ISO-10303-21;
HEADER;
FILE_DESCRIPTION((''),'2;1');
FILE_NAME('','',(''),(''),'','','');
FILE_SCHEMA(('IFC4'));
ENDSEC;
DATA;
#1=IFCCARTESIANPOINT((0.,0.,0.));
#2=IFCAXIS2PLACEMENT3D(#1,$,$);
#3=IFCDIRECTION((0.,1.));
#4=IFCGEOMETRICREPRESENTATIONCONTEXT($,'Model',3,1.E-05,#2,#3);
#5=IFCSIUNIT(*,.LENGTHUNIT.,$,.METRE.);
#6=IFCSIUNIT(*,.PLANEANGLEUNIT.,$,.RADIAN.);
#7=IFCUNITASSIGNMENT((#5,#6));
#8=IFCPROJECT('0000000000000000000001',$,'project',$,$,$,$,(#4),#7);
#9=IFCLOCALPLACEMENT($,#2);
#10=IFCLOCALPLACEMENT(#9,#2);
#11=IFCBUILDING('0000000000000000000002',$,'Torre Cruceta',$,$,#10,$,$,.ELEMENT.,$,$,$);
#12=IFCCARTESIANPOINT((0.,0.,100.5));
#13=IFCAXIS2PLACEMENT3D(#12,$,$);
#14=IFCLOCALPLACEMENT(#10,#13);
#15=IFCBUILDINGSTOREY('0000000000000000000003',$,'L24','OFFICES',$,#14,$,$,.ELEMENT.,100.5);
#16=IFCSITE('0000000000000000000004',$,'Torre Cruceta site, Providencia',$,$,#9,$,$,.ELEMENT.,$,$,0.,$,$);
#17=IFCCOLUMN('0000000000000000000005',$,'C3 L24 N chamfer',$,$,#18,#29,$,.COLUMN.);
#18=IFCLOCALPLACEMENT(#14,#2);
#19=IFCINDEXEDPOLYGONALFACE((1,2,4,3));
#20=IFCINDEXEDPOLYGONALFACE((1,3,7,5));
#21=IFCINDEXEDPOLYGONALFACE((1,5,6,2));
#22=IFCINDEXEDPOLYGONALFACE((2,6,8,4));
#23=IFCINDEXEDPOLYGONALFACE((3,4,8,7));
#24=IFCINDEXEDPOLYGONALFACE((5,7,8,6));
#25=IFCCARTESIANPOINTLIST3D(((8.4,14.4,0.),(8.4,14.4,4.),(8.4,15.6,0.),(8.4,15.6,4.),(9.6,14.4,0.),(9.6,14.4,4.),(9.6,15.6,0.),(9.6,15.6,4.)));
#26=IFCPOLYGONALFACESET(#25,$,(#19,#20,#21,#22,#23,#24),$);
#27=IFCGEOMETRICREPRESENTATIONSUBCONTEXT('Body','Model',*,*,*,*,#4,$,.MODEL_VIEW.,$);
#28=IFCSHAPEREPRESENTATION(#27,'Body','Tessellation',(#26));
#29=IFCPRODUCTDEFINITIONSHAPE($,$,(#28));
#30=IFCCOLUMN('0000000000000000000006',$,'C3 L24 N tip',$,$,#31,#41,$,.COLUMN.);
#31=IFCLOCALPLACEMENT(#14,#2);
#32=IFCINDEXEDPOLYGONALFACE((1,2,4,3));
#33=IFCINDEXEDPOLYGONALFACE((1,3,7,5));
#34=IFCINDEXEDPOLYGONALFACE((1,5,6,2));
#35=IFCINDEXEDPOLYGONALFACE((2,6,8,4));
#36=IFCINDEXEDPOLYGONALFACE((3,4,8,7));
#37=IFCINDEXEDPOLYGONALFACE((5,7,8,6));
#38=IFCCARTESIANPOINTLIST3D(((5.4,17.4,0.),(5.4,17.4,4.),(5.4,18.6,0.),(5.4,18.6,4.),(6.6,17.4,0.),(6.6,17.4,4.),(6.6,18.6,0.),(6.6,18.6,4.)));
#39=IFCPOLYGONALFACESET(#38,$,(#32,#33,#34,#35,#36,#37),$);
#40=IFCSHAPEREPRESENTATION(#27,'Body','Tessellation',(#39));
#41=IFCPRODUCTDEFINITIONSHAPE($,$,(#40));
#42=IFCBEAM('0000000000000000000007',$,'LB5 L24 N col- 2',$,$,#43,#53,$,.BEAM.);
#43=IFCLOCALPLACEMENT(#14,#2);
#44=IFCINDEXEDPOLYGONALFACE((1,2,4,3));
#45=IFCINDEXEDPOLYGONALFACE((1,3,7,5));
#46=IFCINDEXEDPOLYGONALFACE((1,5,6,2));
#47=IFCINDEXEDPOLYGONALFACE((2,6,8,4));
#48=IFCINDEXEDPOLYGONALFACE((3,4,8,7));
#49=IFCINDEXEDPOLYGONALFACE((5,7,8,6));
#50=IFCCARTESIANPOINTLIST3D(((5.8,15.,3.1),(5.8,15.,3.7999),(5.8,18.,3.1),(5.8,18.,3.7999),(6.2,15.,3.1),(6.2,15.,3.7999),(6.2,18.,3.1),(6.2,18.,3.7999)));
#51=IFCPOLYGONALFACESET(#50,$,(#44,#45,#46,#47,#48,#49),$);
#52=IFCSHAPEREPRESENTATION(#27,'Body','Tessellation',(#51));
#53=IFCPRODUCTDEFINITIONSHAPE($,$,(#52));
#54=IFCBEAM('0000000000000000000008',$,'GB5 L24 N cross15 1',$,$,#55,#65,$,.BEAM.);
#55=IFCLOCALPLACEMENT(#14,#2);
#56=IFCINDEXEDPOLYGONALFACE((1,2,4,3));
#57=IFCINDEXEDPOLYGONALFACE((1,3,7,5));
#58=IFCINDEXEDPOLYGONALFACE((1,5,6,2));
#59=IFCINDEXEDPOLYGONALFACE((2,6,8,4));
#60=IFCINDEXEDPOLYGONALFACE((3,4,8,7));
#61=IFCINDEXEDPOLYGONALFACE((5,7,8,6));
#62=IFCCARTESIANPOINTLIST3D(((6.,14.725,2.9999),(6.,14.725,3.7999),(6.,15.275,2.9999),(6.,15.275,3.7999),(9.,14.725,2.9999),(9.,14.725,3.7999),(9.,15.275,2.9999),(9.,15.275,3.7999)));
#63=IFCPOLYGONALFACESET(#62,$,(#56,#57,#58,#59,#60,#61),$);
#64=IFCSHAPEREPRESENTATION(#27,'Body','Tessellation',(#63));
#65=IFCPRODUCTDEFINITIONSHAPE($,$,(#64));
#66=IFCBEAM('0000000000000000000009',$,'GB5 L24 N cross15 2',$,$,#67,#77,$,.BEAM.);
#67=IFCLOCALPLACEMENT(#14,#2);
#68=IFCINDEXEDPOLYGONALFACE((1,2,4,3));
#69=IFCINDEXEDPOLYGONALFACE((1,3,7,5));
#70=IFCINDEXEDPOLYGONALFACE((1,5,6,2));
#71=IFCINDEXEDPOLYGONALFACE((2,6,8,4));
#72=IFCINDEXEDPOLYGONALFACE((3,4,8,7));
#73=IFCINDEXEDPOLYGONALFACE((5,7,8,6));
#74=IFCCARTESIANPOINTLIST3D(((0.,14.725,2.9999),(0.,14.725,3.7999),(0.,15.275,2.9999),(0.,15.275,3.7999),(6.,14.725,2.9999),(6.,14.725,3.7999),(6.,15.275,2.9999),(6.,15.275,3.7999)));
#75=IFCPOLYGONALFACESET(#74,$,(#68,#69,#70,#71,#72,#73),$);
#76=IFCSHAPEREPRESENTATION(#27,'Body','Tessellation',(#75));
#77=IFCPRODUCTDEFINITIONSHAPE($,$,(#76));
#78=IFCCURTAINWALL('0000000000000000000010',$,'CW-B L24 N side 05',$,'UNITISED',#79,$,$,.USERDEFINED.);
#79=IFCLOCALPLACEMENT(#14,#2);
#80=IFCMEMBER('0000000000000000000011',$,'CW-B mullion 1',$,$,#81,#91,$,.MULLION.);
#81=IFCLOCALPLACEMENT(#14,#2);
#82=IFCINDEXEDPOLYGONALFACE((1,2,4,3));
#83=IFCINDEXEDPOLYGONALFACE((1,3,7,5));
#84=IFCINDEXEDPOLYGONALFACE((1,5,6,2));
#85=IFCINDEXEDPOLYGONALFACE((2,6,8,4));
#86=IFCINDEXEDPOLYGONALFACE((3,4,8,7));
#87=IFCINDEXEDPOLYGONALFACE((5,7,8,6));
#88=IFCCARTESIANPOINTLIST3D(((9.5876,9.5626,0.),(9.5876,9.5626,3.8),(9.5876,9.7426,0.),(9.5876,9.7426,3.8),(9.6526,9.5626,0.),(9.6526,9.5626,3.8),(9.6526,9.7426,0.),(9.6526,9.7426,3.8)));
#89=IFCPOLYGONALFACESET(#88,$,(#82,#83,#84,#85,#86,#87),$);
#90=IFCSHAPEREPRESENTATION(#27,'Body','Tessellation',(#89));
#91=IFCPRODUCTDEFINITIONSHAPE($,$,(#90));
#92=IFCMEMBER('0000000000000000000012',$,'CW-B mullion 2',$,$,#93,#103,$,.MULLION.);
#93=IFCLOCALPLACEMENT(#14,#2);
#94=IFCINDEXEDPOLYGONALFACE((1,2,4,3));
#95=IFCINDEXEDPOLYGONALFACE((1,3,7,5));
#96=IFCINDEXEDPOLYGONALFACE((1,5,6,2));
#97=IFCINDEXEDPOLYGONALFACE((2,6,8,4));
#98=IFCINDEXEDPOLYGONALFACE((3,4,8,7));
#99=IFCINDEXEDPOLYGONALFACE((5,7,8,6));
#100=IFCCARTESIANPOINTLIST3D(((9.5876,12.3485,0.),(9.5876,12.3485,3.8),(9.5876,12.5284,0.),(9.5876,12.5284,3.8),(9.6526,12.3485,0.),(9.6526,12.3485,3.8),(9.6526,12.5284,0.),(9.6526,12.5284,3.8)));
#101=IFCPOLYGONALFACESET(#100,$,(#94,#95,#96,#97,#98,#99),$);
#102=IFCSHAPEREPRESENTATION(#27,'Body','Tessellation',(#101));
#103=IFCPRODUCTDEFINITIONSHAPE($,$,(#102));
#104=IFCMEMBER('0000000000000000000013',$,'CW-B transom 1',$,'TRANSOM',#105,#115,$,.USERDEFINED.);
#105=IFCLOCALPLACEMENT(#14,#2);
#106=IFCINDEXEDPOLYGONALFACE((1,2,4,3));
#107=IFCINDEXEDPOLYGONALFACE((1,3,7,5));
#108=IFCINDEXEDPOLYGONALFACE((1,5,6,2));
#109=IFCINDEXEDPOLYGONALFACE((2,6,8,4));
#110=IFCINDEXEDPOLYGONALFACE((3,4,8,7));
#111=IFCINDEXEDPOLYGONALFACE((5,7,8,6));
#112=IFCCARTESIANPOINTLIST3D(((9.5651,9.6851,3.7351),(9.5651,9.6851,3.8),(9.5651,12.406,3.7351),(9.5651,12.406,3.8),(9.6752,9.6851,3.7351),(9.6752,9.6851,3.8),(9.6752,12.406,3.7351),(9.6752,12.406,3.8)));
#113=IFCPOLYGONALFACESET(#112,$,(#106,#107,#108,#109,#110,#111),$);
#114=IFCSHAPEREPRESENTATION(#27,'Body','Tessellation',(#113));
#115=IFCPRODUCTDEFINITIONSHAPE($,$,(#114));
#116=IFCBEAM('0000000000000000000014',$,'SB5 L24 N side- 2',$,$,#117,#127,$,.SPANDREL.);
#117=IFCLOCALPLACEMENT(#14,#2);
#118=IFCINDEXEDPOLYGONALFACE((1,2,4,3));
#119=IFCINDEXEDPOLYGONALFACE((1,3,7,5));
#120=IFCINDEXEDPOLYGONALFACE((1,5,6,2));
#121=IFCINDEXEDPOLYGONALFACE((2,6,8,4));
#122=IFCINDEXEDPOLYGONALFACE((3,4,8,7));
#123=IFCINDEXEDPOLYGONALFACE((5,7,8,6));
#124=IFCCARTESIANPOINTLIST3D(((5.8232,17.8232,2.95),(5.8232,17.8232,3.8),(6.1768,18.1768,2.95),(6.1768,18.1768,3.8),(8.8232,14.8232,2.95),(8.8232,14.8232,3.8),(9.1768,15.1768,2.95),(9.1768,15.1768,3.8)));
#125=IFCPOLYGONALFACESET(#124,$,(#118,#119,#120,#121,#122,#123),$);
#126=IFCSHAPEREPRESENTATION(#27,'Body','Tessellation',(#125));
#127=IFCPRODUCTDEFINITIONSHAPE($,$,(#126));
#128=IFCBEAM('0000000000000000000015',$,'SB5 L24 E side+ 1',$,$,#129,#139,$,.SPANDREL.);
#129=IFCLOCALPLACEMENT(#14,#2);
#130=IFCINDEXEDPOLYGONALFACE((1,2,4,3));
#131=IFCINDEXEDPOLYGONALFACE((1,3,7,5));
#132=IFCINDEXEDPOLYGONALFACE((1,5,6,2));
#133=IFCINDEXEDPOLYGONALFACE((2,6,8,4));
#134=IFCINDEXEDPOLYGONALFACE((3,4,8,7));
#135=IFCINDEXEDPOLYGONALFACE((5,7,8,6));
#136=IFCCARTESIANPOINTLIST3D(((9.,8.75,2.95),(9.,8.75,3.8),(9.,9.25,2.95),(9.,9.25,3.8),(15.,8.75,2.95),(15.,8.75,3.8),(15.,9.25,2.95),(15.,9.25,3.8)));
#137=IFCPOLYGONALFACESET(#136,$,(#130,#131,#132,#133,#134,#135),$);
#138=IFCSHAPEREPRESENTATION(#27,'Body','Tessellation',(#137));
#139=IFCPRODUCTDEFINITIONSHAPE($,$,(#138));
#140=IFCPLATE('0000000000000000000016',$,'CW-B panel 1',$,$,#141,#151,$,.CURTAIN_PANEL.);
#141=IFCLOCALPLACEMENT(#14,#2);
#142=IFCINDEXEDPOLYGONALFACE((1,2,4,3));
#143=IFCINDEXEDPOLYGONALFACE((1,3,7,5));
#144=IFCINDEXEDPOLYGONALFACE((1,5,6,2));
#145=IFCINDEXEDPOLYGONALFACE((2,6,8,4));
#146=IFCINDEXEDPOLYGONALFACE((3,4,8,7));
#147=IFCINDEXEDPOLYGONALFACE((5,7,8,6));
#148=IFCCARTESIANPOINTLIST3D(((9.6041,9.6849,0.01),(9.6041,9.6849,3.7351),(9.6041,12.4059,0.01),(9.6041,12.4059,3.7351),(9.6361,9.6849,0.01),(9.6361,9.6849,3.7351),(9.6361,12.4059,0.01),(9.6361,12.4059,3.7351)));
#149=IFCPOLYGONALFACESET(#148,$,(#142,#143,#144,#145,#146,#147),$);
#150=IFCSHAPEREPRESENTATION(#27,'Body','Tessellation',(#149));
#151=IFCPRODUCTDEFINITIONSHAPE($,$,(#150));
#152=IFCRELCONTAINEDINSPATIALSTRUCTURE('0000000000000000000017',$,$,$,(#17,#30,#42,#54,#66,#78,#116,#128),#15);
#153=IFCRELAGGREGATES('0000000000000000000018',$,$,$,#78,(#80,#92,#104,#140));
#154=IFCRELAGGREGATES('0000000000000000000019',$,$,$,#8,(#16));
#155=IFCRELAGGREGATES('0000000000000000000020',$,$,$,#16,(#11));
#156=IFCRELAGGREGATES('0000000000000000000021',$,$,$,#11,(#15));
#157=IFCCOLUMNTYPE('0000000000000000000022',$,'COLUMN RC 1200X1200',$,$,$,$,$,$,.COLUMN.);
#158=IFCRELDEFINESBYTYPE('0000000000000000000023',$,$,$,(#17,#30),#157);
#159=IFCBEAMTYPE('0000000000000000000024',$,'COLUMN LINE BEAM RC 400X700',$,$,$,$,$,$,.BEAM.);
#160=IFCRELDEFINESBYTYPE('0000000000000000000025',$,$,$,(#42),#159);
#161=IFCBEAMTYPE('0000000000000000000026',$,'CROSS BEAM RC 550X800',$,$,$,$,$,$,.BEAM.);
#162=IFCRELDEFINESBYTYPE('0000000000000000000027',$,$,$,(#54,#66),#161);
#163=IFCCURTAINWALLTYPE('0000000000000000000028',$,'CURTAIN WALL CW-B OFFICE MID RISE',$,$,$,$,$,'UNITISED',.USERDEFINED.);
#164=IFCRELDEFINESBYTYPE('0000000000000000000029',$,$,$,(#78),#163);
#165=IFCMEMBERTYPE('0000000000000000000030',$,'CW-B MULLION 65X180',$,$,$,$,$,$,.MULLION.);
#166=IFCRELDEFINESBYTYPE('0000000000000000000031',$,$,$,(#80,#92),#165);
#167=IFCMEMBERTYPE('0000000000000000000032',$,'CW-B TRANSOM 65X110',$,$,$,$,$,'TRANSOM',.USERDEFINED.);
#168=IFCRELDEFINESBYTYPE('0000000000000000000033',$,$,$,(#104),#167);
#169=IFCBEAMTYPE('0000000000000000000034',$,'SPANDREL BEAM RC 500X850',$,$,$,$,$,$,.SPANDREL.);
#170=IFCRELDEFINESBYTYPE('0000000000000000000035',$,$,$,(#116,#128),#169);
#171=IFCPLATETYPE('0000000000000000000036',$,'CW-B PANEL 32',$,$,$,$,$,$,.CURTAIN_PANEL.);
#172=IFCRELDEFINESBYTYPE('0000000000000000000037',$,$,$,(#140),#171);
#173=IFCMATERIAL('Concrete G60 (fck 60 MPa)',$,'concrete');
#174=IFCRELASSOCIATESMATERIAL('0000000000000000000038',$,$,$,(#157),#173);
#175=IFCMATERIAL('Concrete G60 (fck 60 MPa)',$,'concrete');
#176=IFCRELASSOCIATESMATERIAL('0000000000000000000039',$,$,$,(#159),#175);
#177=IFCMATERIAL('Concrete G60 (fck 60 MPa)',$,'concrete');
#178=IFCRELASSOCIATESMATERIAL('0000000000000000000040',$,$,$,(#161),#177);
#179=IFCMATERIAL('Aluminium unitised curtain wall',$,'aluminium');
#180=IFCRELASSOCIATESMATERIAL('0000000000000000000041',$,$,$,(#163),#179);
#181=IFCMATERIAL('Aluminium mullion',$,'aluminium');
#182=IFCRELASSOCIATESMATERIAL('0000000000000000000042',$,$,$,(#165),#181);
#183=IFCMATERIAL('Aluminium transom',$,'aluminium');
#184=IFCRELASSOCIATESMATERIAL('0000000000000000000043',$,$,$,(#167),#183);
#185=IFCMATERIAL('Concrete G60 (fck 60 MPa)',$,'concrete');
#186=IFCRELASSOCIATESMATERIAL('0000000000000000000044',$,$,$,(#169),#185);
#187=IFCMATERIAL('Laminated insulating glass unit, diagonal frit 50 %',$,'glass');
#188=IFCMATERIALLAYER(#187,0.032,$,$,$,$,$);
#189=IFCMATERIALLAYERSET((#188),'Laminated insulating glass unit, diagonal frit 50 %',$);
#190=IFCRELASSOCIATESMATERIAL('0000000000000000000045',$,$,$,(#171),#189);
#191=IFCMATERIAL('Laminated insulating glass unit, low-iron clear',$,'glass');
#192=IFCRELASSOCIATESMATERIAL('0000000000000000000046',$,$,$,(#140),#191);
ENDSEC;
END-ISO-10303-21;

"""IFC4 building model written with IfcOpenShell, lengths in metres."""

from ifc_helpers import new_model, si_unit, direction, frame, origin, origin_2d, place, context, subcontext, project, spatial, rectangle, extrude, material, layer, layer_set, material_profile, profile_set, type_object, element, aggregate, save


model = new_model("IFC4")

# Units and contexts
model_context = context("Model", 3, precision=1e-05, world=origin(), true_north=direction((0.0, 1.0)))
body_context = subcontext(model_context, "Body", "Model", "MODEL_VIEW")
ifc_project = project(units=[si_unit("LENGTHUNIT", "METRE"), si_unit("PLANEANGLEUNIT", "RADIAN")], contexts=[model_context])

# Site, building, storey
site_placement = place(None, origin())
site = spatial("IfcSite", under=ifc_project, at=site_placement, Name="Torre Cruceta site, Providencia", CompositionType="ELEMENT", RefElevation=0.0)
building_placement = place(site_placement, origin())
building = spatial("IfcBuilding", under=site, at=building_placement, Name="Torre Cruceta", CompositionType="ELEMENT")
storey_placement = place(building_placement, frame((0.0, 0.0, 100.5)))
storey = spatial("IfcBuildingStorey", under=building, at=storey_placement, Name="L24", Description="OFFICES", CompositionType="ELEMENT", Elevation=100.5)

# Columns
ifc_material_1 = material(Name="Concrete G60 (fck 60 MPa)", Category="concrete")
ifc_material_profile_1 = material_profile(ifc_material_1, rectangle(XDim=1.2, YDim=1.2, at=origin_2d()), Name="RC 1200X1200")
ifc_profile_set_1 = profile_set([ifc_material_profile_1], Name="Concrete G60 (fck 60 MPa)")
column_type = type_object("IfcColumnType", Name="COLUMN RC 1200X1200", PredefinedType="COLUMN", material=ifc_profile_set_1)
for number, where, z_axis, x_axis, name in (
    (1, (9.0, 15.0, 0.0), (0.0, 0.0, 1.0), (1.0, 0.0, 0.0), "C3 L24 N chamfer"),
    (2, (6.0, 18.0, 0.0), (0.0, 0.0, 1.0), (1.0, 0.0, 0.0), "C3 L24 N tip"),
):
    element("IfcColumn", number, at=place(storey_placement, frame(where, z_axis=z_axis, x_axis=x_axis)), inside=storey, type_object=column_type, Name=name, PredefinedType="COLUMN", context=body_context, shape_type="SweptSolid", body=[
        extrude(rectangle(XDim=1.2, YDim=1.2, at=origin_2d()), origin(), (0.0, 0.0, 1.0), 4.0),
    ])

# Beams
ifc_material_2 = material(Name="Concrete G60 (fck 60 MPa)", Category="concrete")
ifc_material_profile_2 = material_profile(ifc_material_2, rectangle(XDim=0.3999, YDim=0.7, at=origin_2d()), Name="RC 400X700")
ifc_profile_set_2 = profile_set([ifc_material_profile_2], Name="Concrete G60 (fck 60 MPa)")
beam_type_1 = type_object("IfcBeamType", Name="COLUMN LINE BEAM RC 400X700", PredefinedType="BEAM", material=ifc_profile_set_2)
beam_1_placement = place(storey_placement, frame((6.0, 15.0, 3.45), z_axis=(0.0, 1.0, 0.0), x_axis=(-1.0, 0.0, 0.0)))
element("IfcBeam", 3, at=beam_1_placement, inside=storey, type_object=beam_type_1, Name="LB5 L24 N col- 2", PredefinedType="BEAM", context=body_context, shape_type="SweptSolid", body=[
    extrude(rectangle(XDim=0.3999, YDim=0.7, at=origin_2d()), origin(), (0.0, 0.0, 1.0), 3.0),
])
ifc_material_3 = material(Name="Concrete G60 (fck 60 MPa)", Category="concrete")
ifc_material_profile_3 = material_profile(ifc_material_3, rectangle(XDim=0.55, YDim=0.8, at=origin_2d()), Name="RC 550X800")
ifc_profile_set_3 = profile_set([ifc_material_profile_3], Name="Concrete G60 (fck 60 MPa)")
beam_type_2 = type_object("IfcBeamType", Name="CROSS BEAM RC 550X800", PredefinedType="BEAM", material=ifc_profile_set_3)
beam_2_placement = place(storey_placement, frame((9.0, 15.0, 3.3999), z_axis=(-1.0, 0.0, 0.0), x_axis=(0.0, -1.0, 0.0)))
element("IfcBeam", 4, at=beam_2_placement, inside=storey, type_object=beam_type_2, Name="GB5 L24 N cross15 1", PredefinedType="BEAM", context=body_context, shape_type="SweptSolid", body=[
    extrude(rectangle(XDim=0.55, YDim=0.8, at=origin_2d()), origin(), (0.0, 0.0, 1.0), 3.0),
])
beam_3_placement = place(storey_placement, frame((6.0, 15.0, 3.3999), z_axis=(-1.0, 0.0, 0.0), x_axis=(0.0, -1.0, 0.0)))
element("IfcBeam", 5, at=beam_3_placement, inside=storey, type_object=beam_type_2, Name="GB5 L24 N cross15 2", PredefinedType="BEAM", context=body_context, shape_type="SweptSolid", body=[
    extrude(rectangle(XDim=0.55, YDim=0.8, at=origin_2d()), origin(), (0.0, 0.0, 1.0), 6.0),
])

# Curtain wall, members
ifc_material_4 = material(Name="Aluminium unitised curtain wall", Category="aluminium")
curtain_wall_type = type_object("IfcCurtainWallType", Name="CURTAIN WALL CW-B OFFICE MID RISE", ElementType="UNITISED", PredefinedType="USERDEFINED", material=ifc_material_4)
curtain_wall_placement = place(storey_placement, origin())
curtain_wall = element("IfcCurtainWall", 6, at=curtain_wall_placement, inside=storey, type_object=curtain_wall_type, Name="CW-B L24 N side 05", ObjectType="UNITISED", PredefinedType="USERDEFINED")
ifc_material_5 = material(Name="Aluminium mullion", Category="aluminium")
ifc_material_profile_4 = material_profile(ifc_material_5, rectangle(XDim=0.0649, YDim=0.1799, at=origin_2d()), Name="AL 65X180")
ifc_profile_set_4 = profile_set([ifc_material_profile_4], Name="Aluminium mullion")
member_type_1 = type_object("IfcMemberType", Name="CW-B MULLION 65X180", PredefinedType="MULLION", material=ifc_profile_set_4)
member_1_placement = place(storey_placement, frame((9.6201, 9.6526, 0.0), z_axis=(0.0, 0.0, 1.0), x_axis=(-1.0, 0.0, 0.0)))
member_1 = element("IfcMember", 7, at=member_1_placement, type_object=member_type_1, Name="CW-B mullion 1", PredefinedType="MULLION", context=body_context, shape_type="SweptSolid", body=[
    extrude(rectangle(XDim=0.0649, YDim=0.1799, at=origin_2d()), origin(), (0.0, 0.0, 1.0), 3.8),
])
member_2_placement = place(storey_placement, frame((9.6201, 12.4385, 0.0), z_axis=(0.0, 0.0, 1.0), x_axis=(-1.0, 0.0, 0.0)))
member_2 = element("IfcMember", 8, at=member_2_placement, type_object=member_type_1, Name="CW-B mullion 2", PredefinedType="MULLION", context=body_context, shape_type="SweptSolid", body=[
    extrude(rectangle(XDim=0.0649, YDim=0.1799, at=origin_2d()), origin(), (0.0, 0.0, 1.0), 3.8),
])
ifc_material_6 = material(Name="Aluminium transom", Category="aluminium")
ifc_material_profile_5 = material_profile(ifc_material_6, rectangle(XDim=0.1101, YDim=0.0649, at=origin_2d()), Name="AL 110X65")
ifc_profile_set_5 = profile_set([ifc_material_profile_5], Name="Aluminium transom")
member_type_2 = type_object("IfcMemberType", Name="CW-B TRANSOM 65X110", ElementType="TRANSOM", PredefinedType="USERDEFINED", material=ifc_profile_set_5)
member_3_placement = place(storey_placement, frame((9.6201, 9.6851, 3.7676), z_axis=(0.0, 1.0, 0.0), x_axis=(-1.0, 0.0, 0.0)))
member_3 = element("IfcMember", 9, at=member_3_placement, type_object=member_type_2, Name="CW-B transom 1", ObjectType="TRANSOM", PredefinedType="USERDEFINED", context=body_context, shape_type="SweptSolid", body=[
    extrude(rectangle(XDim=0.1101, YDim=0.0649, at=origin_2d()), origin(), (0.0, 0.0, 1.0), 2.7209),
])

# Beams
ifc_material_7 = material(Name="Concrete G60 (fck 60 MPa)", Category="concrete")
ifc_material_profile_6 = material_profile(ifc_material_7, rectangle(XDim=0.5, YDim=0.8501, at=origin_2d()), Name="RC 500X850")
ifc_profile_set_6 = profile_set([ifc_material_profile_6], Name="Concrete G60 (fck 60 MPa)")
beam_type_3 = type_object("IfcBeamType", Name="SPANDREL BEAM RC 500X850", PredefinedType="SPANDREL", material=ifc_profile_set_6)
beam_4_placement = place(storey_placement, frame((9.0, 15.0, 3.375), z_axis=(-0.707107, 0.707107, 0.0), x_axis=(-0.707107, -0.707107, 0.0)))
element("IfcBeam", 10, at=beam_4_placement, inside=storey, type_object=beam_type_3, Name="SB5 L24 N side- 2", PredefinedType="SPANDREL", context=body_context, shape_type="SweptSolid", body=[
    extrude(rectangle(XDim=0.5, YDim=0.8501, at=origin_2d()), origin(), (0.0, 0.0, 1.0), 4.2427),
])
beam_5_placement = place(storey_placement, frame((9.0, 9.0, 3.375), z_axis=(1.0, 0.0, 0.0), x_axis=(0.0, 1.0, 0.0)))
element("IfcBeam", 11, at=beam_5_placement, inside=storey, type_object=beam_type_3, Name="SB5 L24 E side+ 1", PredefinedType="SPANDREL", context=body_context, shape_type="SweptSolid", body=[
    extrude(rectangle(XDim=0.5, YDim=0.8501, at=origin_2d()), origin(), (0.0, 0.0, 1.0), 6.0),
])

# Plate
ifc_material_8 = material(Name="Laminated insulating glass unit, low-iron clear", Category="glass")
ifc_material_9 = material(Name="Laminated insulating glass unit, diagonal frit 50 %", Category="glass")
ifc_layer_1 = layer(ifc_material_9, 0.032)
ifc_layer_set_1 = layer_set([ifc_layer_1], Name="Laminated insulating glass unit, diagonal frit 50 %")
plate_type = type_object("IfcPlateType", Name="CW-B PANEL 32", PredefinedType="CURTAIN_PANEL", material=ifc_layer_set_1)
plate_placement = place(storey_placement, frame((9.6201, 11.0454, 0.01), z_axis=(0.0, 0.0, 1.0), x_axis=(0.0, 1.0, 0.0)))
plate = element("IfcPlate", 12, at=plate_placement, type_object=plate_type, material=ifc_material_8, Name="CW-B panel 1", PredefinedType="CURTAIN_PANEL", context=body_context, shape_type="SweptSolid", body=[
    extrude(rectangle(XDim=2.7209, YDim=0.032, at=origin_2d()), origin(), (0.0, 0.0, 1.0), 3.7251),
])
aggregate(curtain_wall, [member_1, member_2, member_3, plate])

save(model, "model.ifc")
